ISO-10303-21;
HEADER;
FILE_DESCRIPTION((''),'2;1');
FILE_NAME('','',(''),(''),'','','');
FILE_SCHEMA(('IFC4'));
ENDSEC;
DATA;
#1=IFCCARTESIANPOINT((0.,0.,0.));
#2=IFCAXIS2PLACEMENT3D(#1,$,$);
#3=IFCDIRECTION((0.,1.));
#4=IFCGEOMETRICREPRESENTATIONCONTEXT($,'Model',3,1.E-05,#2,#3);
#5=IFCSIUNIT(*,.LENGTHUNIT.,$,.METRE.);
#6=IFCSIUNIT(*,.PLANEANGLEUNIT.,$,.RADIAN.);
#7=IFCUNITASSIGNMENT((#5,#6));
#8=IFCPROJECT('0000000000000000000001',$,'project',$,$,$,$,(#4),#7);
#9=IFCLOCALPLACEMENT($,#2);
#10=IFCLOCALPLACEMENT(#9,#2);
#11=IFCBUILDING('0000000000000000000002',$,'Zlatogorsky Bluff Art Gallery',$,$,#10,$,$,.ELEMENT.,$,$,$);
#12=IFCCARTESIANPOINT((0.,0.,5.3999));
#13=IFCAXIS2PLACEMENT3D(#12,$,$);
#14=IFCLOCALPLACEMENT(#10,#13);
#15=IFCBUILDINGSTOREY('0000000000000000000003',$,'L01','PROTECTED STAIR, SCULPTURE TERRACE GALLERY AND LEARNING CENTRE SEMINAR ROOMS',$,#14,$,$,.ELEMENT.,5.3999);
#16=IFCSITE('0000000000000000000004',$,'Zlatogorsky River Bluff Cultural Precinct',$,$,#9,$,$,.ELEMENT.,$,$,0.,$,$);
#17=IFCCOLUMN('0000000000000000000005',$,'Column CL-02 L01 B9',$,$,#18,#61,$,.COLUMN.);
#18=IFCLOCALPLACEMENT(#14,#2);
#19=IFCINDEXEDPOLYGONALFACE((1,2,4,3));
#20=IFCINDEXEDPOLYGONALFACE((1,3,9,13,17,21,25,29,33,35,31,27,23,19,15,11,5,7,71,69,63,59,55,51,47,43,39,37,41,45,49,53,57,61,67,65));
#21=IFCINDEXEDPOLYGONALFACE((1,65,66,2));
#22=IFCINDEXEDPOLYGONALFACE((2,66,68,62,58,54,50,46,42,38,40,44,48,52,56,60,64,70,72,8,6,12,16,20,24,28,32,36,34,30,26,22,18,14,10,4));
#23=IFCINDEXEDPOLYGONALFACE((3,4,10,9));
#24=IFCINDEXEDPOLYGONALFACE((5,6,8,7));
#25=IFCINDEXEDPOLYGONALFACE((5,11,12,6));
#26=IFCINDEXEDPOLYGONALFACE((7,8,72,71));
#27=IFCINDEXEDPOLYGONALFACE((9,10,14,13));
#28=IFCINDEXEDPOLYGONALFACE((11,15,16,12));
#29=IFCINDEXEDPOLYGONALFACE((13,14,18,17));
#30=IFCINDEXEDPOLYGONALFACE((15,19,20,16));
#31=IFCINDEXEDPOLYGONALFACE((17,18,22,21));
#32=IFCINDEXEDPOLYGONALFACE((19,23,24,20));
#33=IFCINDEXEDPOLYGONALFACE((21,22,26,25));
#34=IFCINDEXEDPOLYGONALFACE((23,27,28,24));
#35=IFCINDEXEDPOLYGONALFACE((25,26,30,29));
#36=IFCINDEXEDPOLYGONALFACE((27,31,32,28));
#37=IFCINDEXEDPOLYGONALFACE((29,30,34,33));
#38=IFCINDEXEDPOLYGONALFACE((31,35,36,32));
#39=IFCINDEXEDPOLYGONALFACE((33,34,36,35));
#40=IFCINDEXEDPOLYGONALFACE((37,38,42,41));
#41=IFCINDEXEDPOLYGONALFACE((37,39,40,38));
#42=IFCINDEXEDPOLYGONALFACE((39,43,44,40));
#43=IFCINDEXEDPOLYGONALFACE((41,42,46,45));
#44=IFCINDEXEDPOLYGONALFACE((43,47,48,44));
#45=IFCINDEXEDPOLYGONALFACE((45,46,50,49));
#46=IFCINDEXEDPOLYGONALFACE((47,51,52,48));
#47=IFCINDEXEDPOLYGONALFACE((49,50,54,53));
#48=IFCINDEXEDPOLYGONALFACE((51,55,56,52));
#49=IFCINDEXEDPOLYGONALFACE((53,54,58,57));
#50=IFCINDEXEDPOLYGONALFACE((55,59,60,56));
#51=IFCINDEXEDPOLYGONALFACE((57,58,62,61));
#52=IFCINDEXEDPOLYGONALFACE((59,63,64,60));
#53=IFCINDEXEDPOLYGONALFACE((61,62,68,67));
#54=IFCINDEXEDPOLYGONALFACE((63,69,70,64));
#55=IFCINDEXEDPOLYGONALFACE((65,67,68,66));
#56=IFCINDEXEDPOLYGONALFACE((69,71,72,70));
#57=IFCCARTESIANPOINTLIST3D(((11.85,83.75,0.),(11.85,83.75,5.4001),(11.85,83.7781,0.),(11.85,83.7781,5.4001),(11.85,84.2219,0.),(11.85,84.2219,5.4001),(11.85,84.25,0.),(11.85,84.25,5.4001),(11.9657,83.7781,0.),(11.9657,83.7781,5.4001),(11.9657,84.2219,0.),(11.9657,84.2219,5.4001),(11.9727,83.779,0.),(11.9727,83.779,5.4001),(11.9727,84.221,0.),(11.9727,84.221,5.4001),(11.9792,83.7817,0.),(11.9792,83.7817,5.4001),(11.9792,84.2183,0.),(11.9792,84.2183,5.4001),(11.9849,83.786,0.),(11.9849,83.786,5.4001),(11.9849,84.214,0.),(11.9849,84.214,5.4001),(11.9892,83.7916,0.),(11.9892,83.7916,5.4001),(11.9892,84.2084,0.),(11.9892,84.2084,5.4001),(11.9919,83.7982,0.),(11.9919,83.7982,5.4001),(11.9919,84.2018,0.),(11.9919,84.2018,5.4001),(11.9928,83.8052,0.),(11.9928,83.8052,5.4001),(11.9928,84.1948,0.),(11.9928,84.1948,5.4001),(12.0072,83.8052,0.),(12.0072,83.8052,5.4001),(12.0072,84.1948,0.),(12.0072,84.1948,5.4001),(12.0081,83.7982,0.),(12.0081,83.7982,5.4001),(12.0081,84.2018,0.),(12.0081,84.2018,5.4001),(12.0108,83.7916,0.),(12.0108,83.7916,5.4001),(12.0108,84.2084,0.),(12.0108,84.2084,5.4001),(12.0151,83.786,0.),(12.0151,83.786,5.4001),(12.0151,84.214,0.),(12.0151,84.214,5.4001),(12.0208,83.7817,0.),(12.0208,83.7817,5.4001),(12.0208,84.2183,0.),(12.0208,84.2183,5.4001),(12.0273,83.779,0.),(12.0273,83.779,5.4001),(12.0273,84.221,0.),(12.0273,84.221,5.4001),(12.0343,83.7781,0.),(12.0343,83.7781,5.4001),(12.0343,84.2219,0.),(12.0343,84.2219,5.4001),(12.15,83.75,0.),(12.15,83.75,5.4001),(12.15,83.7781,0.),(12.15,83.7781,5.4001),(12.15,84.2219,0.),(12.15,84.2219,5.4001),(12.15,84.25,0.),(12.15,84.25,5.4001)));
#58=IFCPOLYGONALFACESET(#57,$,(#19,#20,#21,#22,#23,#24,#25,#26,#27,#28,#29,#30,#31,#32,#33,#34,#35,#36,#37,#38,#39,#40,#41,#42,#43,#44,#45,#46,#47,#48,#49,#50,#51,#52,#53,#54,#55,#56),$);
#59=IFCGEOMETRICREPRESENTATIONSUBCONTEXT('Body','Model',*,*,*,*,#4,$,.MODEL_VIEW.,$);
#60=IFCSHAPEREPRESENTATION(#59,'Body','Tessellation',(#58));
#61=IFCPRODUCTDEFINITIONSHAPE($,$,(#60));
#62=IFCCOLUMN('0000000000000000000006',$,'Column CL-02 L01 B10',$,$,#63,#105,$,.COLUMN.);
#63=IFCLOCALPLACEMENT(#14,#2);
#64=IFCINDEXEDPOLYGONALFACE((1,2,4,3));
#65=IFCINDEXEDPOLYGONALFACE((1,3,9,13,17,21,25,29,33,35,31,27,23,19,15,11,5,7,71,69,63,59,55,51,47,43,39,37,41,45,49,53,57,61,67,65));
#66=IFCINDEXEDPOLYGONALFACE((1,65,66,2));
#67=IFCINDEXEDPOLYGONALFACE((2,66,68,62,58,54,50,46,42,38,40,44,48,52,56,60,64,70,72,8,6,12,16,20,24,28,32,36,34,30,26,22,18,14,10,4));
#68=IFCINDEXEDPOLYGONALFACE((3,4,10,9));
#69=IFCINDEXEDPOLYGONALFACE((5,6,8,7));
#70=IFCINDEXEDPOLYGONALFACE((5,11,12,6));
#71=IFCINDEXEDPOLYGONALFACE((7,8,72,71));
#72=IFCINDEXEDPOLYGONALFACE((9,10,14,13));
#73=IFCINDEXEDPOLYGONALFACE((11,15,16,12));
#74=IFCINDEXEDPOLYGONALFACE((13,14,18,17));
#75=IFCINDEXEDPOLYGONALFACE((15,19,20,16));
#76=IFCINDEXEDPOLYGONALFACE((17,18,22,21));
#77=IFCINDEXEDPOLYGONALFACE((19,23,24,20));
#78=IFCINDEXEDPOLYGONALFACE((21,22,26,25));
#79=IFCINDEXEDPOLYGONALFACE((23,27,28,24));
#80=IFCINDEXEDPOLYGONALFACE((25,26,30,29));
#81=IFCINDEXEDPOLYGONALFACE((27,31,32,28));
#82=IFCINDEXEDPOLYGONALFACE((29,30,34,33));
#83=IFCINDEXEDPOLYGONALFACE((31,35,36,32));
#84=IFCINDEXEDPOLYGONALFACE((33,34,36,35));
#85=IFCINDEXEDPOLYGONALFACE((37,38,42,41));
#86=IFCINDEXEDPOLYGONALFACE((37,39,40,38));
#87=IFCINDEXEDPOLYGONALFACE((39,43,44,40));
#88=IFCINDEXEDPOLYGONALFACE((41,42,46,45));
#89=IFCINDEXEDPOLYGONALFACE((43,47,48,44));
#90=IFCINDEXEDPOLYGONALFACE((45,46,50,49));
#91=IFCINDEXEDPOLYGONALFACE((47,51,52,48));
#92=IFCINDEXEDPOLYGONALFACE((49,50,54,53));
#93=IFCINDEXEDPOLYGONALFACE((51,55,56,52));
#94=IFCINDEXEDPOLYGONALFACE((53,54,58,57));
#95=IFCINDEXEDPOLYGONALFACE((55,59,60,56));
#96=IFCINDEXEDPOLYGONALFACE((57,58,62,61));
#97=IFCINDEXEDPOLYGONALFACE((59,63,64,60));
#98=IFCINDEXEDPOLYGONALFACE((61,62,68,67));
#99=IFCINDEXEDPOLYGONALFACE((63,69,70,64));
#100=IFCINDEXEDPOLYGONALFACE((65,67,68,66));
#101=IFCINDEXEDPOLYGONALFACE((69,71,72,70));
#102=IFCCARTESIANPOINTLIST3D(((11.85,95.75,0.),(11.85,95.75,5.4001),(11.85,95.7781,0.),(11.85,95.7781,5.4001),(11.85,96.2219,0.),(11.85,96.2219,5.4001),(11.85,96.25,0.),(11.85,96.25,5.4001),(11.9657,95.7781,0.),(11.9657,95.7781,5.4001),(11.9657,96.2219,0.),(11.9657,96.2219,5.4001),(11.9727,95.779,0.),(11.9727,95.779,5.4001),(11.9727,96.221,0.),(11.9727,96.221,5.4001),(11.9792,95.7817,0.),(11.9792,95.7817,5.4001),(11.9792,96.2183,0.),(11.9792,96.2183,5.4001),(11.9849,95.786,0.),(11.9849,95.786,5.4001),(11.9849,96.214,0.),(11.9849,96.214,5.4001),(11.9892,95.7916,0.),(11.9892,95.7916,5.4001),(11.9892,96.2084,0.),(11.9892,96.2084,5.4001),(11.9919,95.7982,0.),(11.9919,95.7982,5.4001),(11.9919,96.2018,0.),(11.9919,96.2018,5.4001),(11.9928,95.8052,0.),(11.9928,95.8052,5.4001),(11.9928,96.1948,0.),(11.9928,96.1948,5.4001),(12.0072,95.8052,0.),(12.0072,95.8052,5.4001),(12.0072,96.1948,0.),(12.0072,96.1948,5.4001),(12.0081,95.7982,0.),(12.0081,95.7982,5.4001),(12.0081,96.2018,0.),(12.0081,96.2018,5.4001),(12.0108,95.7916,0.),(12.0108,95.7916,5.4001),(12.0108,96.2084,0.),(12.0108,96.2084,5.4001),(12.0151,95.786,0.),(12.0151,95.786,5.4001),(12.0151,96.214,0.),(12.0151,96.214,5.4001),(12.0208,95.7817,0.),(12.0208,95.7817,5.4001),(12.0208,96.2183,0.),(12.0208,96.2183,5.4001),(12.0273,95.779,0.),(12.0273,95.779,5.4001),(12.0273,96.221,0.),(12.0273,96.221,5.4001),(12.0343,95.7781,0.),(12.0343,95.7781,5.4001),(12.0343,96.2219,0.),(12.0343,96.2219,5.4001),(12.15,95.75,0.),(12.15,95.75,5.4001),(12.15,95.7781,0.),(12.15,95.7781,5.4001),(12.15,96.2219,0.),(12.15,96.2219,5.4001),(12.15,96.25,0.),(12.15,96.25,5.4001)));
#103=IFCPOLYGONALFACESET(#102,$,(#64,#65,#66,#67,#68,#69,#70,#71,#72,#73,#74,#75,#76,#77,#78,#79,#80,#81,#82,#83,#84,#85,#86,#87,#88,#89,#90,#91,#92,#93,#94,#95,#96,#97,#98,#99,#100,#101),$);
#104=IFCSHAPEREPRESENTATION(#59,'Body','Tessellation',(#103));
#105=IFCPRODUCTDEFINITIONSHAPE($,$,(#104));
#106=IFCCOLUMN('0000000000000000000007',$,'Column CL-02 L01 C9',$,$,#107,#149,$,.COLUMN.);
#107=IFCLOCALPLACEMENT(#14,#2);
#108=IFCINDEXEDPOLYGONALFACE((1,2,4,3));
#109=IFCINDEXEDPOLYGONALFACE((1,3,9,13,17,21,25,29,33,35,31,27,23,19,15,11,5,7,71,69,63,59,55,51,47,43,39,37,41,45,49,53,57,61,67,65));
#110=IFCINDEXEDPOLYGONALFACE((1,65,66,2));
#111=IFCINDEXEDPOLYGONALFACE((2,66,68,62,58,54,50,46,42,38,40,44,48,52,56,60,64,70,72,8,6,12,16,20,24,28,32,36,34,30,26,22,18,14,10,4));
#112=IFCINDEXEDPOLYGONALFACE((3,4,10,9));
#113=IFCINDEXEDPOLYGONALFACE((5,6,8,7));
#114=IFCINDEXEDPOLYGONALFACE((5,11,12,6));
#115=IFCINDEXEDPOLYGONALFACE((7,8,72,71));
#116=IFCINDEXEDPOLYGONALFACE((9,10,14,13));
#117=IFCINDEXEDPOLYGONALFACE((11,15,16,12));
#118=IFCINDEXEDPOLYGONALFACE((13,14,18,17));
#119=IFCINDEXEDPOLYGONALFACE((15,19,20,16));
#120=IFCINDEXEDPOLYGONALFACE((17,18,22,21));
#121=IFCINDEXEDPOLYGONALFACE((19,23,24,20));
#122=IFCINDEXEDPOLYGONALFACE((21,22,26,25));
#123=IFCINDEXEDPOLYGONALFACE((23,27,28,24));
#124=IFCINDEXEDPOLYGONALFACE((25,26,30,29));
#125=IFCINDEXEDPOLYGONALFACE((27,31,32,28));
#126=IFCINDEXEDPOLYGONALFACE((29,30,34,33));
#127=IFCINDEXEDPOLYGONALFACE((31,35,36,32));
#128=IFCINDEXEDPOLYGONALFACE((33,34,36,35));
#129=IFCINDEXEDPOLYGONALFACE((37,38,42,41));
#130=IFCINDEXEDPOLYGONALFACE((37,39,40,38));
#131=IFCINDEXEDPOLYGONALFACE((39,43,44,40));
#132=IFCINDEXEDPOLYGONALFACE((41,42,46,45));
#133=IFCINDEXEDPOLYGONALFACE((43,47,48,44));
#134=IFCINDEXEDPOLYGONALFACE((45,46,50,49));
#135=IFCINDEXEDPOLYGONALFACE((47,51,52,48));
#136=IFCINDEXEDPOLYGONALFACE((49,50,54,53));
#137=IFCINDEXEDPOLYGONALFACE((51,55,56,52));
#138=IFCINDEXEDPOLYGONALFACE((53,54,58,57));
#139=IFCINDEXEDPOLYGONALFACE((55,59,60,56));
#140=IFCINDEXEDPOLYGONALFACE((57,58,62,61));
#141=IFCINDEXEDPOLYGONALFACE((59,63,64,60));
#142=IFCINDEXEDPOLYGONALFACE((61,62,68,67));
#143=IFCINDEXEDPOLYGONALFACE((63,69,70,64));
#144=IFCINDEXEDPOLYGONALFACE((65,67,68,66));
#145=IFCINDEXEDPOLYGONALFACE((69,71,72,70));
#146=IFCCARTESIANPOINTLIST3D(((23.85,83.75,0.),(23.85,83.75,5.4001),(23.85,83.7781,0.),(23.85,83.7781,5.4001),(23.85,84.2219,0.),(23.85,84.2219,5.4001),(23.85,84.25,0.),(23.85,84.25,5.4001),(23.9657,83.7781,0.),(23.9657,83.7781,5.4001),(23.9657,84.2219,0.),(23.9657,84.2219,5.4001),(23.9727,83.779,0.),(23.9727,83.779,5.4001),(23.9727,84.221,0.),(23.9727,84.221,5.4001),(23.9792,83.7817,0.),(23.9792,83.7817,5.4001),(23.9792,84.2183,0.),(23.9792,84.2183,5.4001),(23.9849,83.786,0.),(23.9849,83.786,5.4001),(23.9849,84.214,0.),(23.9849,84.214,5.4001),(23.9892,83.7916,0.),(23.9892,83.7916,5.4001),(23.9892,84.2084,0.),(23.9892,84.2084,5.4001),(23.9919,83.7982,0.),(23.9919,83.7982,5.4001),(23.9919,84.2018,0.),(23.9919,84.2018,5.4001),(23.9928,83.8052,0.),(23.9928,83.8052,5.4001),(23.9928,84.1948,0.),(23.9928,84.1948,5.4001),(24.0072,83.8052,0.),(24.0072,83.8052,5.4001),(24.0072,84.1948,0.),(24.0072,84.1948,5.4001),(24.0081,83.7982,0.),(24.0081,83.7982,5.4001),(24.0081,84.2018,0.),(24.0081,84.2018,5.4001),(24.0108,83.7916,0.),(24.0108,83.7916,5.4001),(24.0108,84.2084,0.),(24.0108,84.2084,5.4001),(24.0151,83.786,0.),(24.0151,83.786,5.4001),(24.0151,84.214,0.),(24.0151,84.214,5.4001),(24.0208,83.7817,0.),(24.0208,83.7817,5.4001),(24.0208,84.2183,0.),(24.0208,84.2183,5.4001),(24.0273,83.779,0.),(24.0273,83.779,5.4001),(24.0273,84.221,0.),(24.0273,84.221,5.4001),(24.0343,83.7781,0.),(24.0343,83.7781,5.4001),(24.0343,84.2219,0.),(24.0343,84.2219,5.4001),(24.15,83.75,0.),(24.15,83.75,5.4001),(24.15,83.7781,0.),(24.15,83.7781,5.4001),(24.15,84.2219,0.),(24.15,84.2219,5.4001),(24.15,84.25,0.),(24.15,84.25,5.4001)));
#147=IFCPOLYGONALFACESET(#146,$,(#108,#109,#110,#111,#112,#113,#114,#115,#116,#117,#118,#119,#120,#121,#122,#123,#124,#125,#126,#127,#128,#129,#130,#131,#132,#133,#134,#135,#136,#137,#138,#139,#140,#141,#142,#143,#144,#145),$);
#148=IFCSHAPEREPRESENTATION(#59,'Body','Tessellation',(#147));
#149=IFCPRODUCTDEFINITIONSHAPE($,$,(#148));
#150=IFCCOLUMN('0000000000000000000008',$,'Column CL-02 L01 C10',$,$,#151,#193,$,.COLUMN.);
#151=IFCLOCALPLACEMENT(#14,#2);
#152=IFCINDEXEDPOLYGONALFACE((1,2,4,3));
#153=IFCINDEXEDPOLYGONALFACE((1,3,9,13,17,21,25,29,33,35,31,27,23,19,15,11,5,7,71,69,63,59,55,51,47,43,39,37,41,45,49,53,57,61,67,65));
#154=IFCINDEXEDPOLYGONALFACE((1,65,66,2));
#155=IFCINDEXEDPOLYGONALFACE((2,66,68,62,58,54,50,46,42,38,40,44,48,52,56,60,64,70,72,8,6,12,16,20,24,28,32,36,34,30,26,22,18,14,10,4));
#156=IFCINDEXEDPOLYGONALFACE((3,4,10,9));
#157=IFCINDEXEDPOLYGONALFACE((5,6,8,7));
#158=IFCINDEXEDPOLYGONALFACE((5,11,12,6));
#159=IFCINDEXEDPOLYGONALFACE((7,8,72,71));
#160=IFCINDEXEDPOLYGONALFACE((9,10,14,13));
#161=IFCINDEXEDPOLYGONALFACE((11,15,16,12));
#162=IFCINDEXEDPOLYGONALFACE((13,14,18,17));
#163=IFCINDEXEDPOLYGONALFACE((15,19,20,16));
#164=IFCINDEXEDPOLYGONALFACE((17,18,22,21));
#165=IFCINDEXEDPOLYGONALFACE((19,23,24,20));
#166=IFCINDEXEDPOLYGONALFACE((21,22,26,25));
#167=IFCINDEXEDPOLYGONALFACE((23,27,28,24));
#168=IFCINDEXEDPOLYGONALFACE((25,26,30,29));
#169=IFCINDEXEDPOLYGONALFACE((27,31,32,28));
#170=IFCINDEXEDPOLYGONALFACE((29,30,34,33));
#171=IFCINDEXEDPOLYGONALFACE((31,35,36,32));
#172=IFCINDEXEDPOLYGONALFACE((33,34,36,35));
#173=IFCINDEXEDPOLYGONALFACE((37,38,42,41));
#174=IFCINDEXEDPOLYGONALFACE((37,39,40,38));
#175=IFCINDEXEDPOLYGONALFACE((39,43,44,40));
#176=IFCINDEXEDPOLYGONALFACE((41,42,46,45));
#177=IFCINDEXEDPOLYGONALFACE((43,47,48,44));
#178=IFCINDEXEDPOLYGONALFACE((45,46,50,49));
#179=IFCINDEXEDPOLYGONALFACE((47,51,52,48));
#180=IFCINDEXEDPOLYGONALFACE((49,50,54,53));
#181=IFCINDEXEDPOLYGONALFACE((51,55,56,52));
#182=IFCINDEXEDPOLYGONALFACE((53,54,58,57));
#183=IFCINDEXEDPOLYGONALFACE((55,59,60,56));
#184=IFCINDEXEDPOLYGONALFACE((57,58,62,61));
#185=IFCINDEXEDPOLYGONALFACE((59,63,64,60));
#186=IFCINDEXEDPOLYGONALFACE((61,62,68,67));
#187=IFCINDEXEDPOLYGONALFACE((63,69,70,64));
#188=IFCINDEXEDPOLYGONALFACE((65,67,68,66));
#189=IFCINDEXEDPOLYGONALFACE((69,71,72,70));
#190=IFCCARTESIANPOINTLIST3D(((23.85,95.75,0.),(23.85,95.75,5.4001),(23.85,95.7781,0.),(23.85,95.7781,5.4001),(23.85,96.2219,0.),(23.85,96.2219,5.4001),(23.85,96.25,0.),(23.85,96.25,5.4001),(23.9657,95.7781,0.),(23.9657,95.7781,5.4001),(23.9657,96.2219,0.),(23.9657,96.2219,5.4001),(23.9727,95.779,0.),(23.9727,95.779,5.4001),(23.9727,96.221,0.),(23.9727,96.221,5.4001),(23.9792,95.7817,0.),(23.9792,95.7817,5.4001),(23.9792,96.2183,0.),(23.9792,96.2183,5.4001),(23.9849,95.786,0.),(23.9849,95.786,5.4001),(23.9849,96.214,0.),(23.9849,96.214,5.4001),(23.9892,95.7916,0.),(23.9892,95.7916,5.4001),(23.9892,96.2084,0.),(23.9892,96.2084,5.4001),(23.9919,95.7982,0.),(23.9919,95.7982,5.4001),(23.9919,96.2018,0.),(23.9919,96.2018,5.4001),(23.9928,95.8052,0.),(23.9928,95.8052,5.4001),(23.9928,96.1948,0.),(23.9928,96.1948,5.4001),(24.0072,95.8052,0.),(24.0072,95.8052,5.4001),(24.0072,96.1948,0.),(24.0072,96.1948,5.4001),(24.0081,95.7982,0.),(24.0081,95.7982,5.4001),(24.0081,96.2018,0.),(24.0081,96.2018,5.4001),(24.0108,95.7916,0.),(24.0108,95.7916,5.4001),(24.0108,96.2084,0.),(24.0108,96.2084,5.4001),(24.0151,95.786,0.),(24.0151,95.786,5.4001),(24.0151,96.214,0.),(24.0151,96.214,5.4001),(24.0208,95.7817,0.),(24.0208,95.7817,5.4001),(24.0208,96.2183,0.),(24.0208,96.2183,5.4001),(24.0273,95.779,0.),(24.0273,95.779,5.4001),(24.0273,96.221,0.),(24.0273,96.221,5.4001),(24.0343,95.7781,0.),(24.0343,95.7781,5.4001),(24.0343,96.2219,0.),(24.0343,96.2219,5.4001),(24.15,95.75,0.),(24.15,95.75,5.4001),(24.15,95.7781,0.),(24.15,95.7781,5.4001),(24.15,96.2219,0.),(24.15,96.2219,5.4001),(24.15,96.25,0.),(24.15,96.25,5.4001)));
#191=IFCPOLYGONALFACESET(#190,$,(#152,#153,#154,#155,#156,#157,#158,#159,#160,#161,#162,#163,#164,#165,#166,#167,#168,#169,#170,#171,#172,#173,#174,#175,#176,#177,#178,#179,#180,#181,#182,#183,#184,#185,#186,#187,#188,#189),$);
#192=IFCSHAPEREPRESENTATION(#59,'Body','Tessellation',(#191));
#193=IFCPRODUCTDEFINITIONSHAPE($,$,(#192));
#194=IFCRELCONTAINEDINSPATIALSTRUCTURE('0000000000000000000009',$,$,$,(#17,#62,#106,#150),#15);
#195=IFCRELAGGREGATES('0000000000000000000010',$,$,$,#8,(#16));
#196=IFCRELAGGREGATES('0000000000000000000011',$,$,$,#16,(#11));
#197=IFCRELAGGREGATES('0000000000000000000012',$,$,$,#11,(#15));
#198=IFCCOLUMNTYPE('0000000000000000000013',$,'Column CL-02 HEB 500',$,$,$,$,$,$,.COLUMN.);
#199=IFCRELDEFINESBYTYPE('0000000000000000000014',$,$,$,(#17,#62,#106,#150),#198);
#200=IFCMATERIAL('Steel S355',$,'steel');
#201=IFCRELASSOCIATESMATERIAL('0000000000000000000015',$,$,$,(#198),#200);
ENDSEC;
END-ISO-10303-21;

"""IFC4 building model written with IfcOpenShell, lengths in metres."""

from ifc_helpers import new_model, si_unit, direction, frame, origin, origin_2d, place, context, subcontext, project, spatial, i_section, extrude, material, material_profile, profile_set, type_object, element, save


model = new_model("IFC4")

# Units and contexts
model_context = context("Model", 3, precision=1e-05, world=origin(), true_north=direction((0.0, 1.0)))
body_context = subcontext(model_context, "Body", "Model", "MODEL_VIEW")
ifc_project = project(units=[si_unit("LENGTHUNIT", "METRE"), si_unit("PLANEANGLEUNIT", "RADIAN")], contexts=[model_context])

# Site, building, storey
site_placement = place(None, origin())
site = spatial("IfcSite", under=ifc_project, at=site_placement, Name="Zlatogorsky River Bluff Cultural Precinct", CompositionType="ELEMENT", RefElevation=0.0)
building_placement = place(site_placement, origin())
building = spatial("IfcBuilding", under=site, at=building_placement, Name="Zlatogorsky Bluff Art Gallery", CompositionType="ELEMENT")
storey_placement = place(building_placement, frame((0.0, 0.0, 5.3999)))
storey = spatial("IfcBuildingStorey", under=building, at=storey_placement, Name="L01", Description="PROTECTED STAIR, SCULPTURE TERRACE GALLERY AND LEARNING CENTRE SEMINAR ROOMS", CompositionType="ELEMENT", Elevation=5.3999)

# Columns
ifc_material_1 = material(Name="Steel S355", Category="steel")
ifc_material_profile_1 = material_profile(ifc_material_1, i_section(OverallWidth=0.3, OverallDepth=0.5, WebThickness=0.0144, FlangeThickness=0.0281, FilletRadius=0.0271, at=origin_2d()), Name="HEB 500")
ifc_profile_set_1 = profile_set([ifc_material_profile_1], Name="Steel S355")
column_type = type_object("IfcColumnType", Name="Column CL-02 HEB 500", PredefinedType="COLUMN", material=ifc_profile_set_1)
for number, where, z_axis, x_axis, name in (
    (1, (12.0, 84.0, 0.0), (0.0, 0.0, 1.0), (1.0, 0.0, 0.0), "Column CL-02 L01 B9"),
    (2, (12.0, 96.0, 0.0), (0.0, 0.0, 1.0), (1.0, 0.0, 0.0), "Column CL-02 L01 B10"),
    (3, (24.0, 84.0, 0.0), (0.0, 0.0, 1.0), (1.0, 0.0, 0.0), "Column CL-02 L01 C9"),
    (4, (24.0, 96.0, 0.0), (0.0, 0.0, 1.0), (1.0, 0.0, 0.0), "Column CL-02 L01 C10"),
):
    element("IfcColumn", number, at=place(storey_placement, frame(where, z_axis=z_axis, x_axis=x_axis)), inside=storey, type_object=column_type, Name=name, PredefinedType="COLUMN", context=body_context, shape_type="SweptSolid", body=[
        extrude(i_section(OverallWidth=0.3, OverallDepth=0.5, WebThickness=0.0144, FlangeThickness=0.0281, FilletRadius=0.0271, at=origin_2d()), origin(), (0.0, 0.0, 1.0), 5.4001),
    ])

save(model, "model.ifc")
